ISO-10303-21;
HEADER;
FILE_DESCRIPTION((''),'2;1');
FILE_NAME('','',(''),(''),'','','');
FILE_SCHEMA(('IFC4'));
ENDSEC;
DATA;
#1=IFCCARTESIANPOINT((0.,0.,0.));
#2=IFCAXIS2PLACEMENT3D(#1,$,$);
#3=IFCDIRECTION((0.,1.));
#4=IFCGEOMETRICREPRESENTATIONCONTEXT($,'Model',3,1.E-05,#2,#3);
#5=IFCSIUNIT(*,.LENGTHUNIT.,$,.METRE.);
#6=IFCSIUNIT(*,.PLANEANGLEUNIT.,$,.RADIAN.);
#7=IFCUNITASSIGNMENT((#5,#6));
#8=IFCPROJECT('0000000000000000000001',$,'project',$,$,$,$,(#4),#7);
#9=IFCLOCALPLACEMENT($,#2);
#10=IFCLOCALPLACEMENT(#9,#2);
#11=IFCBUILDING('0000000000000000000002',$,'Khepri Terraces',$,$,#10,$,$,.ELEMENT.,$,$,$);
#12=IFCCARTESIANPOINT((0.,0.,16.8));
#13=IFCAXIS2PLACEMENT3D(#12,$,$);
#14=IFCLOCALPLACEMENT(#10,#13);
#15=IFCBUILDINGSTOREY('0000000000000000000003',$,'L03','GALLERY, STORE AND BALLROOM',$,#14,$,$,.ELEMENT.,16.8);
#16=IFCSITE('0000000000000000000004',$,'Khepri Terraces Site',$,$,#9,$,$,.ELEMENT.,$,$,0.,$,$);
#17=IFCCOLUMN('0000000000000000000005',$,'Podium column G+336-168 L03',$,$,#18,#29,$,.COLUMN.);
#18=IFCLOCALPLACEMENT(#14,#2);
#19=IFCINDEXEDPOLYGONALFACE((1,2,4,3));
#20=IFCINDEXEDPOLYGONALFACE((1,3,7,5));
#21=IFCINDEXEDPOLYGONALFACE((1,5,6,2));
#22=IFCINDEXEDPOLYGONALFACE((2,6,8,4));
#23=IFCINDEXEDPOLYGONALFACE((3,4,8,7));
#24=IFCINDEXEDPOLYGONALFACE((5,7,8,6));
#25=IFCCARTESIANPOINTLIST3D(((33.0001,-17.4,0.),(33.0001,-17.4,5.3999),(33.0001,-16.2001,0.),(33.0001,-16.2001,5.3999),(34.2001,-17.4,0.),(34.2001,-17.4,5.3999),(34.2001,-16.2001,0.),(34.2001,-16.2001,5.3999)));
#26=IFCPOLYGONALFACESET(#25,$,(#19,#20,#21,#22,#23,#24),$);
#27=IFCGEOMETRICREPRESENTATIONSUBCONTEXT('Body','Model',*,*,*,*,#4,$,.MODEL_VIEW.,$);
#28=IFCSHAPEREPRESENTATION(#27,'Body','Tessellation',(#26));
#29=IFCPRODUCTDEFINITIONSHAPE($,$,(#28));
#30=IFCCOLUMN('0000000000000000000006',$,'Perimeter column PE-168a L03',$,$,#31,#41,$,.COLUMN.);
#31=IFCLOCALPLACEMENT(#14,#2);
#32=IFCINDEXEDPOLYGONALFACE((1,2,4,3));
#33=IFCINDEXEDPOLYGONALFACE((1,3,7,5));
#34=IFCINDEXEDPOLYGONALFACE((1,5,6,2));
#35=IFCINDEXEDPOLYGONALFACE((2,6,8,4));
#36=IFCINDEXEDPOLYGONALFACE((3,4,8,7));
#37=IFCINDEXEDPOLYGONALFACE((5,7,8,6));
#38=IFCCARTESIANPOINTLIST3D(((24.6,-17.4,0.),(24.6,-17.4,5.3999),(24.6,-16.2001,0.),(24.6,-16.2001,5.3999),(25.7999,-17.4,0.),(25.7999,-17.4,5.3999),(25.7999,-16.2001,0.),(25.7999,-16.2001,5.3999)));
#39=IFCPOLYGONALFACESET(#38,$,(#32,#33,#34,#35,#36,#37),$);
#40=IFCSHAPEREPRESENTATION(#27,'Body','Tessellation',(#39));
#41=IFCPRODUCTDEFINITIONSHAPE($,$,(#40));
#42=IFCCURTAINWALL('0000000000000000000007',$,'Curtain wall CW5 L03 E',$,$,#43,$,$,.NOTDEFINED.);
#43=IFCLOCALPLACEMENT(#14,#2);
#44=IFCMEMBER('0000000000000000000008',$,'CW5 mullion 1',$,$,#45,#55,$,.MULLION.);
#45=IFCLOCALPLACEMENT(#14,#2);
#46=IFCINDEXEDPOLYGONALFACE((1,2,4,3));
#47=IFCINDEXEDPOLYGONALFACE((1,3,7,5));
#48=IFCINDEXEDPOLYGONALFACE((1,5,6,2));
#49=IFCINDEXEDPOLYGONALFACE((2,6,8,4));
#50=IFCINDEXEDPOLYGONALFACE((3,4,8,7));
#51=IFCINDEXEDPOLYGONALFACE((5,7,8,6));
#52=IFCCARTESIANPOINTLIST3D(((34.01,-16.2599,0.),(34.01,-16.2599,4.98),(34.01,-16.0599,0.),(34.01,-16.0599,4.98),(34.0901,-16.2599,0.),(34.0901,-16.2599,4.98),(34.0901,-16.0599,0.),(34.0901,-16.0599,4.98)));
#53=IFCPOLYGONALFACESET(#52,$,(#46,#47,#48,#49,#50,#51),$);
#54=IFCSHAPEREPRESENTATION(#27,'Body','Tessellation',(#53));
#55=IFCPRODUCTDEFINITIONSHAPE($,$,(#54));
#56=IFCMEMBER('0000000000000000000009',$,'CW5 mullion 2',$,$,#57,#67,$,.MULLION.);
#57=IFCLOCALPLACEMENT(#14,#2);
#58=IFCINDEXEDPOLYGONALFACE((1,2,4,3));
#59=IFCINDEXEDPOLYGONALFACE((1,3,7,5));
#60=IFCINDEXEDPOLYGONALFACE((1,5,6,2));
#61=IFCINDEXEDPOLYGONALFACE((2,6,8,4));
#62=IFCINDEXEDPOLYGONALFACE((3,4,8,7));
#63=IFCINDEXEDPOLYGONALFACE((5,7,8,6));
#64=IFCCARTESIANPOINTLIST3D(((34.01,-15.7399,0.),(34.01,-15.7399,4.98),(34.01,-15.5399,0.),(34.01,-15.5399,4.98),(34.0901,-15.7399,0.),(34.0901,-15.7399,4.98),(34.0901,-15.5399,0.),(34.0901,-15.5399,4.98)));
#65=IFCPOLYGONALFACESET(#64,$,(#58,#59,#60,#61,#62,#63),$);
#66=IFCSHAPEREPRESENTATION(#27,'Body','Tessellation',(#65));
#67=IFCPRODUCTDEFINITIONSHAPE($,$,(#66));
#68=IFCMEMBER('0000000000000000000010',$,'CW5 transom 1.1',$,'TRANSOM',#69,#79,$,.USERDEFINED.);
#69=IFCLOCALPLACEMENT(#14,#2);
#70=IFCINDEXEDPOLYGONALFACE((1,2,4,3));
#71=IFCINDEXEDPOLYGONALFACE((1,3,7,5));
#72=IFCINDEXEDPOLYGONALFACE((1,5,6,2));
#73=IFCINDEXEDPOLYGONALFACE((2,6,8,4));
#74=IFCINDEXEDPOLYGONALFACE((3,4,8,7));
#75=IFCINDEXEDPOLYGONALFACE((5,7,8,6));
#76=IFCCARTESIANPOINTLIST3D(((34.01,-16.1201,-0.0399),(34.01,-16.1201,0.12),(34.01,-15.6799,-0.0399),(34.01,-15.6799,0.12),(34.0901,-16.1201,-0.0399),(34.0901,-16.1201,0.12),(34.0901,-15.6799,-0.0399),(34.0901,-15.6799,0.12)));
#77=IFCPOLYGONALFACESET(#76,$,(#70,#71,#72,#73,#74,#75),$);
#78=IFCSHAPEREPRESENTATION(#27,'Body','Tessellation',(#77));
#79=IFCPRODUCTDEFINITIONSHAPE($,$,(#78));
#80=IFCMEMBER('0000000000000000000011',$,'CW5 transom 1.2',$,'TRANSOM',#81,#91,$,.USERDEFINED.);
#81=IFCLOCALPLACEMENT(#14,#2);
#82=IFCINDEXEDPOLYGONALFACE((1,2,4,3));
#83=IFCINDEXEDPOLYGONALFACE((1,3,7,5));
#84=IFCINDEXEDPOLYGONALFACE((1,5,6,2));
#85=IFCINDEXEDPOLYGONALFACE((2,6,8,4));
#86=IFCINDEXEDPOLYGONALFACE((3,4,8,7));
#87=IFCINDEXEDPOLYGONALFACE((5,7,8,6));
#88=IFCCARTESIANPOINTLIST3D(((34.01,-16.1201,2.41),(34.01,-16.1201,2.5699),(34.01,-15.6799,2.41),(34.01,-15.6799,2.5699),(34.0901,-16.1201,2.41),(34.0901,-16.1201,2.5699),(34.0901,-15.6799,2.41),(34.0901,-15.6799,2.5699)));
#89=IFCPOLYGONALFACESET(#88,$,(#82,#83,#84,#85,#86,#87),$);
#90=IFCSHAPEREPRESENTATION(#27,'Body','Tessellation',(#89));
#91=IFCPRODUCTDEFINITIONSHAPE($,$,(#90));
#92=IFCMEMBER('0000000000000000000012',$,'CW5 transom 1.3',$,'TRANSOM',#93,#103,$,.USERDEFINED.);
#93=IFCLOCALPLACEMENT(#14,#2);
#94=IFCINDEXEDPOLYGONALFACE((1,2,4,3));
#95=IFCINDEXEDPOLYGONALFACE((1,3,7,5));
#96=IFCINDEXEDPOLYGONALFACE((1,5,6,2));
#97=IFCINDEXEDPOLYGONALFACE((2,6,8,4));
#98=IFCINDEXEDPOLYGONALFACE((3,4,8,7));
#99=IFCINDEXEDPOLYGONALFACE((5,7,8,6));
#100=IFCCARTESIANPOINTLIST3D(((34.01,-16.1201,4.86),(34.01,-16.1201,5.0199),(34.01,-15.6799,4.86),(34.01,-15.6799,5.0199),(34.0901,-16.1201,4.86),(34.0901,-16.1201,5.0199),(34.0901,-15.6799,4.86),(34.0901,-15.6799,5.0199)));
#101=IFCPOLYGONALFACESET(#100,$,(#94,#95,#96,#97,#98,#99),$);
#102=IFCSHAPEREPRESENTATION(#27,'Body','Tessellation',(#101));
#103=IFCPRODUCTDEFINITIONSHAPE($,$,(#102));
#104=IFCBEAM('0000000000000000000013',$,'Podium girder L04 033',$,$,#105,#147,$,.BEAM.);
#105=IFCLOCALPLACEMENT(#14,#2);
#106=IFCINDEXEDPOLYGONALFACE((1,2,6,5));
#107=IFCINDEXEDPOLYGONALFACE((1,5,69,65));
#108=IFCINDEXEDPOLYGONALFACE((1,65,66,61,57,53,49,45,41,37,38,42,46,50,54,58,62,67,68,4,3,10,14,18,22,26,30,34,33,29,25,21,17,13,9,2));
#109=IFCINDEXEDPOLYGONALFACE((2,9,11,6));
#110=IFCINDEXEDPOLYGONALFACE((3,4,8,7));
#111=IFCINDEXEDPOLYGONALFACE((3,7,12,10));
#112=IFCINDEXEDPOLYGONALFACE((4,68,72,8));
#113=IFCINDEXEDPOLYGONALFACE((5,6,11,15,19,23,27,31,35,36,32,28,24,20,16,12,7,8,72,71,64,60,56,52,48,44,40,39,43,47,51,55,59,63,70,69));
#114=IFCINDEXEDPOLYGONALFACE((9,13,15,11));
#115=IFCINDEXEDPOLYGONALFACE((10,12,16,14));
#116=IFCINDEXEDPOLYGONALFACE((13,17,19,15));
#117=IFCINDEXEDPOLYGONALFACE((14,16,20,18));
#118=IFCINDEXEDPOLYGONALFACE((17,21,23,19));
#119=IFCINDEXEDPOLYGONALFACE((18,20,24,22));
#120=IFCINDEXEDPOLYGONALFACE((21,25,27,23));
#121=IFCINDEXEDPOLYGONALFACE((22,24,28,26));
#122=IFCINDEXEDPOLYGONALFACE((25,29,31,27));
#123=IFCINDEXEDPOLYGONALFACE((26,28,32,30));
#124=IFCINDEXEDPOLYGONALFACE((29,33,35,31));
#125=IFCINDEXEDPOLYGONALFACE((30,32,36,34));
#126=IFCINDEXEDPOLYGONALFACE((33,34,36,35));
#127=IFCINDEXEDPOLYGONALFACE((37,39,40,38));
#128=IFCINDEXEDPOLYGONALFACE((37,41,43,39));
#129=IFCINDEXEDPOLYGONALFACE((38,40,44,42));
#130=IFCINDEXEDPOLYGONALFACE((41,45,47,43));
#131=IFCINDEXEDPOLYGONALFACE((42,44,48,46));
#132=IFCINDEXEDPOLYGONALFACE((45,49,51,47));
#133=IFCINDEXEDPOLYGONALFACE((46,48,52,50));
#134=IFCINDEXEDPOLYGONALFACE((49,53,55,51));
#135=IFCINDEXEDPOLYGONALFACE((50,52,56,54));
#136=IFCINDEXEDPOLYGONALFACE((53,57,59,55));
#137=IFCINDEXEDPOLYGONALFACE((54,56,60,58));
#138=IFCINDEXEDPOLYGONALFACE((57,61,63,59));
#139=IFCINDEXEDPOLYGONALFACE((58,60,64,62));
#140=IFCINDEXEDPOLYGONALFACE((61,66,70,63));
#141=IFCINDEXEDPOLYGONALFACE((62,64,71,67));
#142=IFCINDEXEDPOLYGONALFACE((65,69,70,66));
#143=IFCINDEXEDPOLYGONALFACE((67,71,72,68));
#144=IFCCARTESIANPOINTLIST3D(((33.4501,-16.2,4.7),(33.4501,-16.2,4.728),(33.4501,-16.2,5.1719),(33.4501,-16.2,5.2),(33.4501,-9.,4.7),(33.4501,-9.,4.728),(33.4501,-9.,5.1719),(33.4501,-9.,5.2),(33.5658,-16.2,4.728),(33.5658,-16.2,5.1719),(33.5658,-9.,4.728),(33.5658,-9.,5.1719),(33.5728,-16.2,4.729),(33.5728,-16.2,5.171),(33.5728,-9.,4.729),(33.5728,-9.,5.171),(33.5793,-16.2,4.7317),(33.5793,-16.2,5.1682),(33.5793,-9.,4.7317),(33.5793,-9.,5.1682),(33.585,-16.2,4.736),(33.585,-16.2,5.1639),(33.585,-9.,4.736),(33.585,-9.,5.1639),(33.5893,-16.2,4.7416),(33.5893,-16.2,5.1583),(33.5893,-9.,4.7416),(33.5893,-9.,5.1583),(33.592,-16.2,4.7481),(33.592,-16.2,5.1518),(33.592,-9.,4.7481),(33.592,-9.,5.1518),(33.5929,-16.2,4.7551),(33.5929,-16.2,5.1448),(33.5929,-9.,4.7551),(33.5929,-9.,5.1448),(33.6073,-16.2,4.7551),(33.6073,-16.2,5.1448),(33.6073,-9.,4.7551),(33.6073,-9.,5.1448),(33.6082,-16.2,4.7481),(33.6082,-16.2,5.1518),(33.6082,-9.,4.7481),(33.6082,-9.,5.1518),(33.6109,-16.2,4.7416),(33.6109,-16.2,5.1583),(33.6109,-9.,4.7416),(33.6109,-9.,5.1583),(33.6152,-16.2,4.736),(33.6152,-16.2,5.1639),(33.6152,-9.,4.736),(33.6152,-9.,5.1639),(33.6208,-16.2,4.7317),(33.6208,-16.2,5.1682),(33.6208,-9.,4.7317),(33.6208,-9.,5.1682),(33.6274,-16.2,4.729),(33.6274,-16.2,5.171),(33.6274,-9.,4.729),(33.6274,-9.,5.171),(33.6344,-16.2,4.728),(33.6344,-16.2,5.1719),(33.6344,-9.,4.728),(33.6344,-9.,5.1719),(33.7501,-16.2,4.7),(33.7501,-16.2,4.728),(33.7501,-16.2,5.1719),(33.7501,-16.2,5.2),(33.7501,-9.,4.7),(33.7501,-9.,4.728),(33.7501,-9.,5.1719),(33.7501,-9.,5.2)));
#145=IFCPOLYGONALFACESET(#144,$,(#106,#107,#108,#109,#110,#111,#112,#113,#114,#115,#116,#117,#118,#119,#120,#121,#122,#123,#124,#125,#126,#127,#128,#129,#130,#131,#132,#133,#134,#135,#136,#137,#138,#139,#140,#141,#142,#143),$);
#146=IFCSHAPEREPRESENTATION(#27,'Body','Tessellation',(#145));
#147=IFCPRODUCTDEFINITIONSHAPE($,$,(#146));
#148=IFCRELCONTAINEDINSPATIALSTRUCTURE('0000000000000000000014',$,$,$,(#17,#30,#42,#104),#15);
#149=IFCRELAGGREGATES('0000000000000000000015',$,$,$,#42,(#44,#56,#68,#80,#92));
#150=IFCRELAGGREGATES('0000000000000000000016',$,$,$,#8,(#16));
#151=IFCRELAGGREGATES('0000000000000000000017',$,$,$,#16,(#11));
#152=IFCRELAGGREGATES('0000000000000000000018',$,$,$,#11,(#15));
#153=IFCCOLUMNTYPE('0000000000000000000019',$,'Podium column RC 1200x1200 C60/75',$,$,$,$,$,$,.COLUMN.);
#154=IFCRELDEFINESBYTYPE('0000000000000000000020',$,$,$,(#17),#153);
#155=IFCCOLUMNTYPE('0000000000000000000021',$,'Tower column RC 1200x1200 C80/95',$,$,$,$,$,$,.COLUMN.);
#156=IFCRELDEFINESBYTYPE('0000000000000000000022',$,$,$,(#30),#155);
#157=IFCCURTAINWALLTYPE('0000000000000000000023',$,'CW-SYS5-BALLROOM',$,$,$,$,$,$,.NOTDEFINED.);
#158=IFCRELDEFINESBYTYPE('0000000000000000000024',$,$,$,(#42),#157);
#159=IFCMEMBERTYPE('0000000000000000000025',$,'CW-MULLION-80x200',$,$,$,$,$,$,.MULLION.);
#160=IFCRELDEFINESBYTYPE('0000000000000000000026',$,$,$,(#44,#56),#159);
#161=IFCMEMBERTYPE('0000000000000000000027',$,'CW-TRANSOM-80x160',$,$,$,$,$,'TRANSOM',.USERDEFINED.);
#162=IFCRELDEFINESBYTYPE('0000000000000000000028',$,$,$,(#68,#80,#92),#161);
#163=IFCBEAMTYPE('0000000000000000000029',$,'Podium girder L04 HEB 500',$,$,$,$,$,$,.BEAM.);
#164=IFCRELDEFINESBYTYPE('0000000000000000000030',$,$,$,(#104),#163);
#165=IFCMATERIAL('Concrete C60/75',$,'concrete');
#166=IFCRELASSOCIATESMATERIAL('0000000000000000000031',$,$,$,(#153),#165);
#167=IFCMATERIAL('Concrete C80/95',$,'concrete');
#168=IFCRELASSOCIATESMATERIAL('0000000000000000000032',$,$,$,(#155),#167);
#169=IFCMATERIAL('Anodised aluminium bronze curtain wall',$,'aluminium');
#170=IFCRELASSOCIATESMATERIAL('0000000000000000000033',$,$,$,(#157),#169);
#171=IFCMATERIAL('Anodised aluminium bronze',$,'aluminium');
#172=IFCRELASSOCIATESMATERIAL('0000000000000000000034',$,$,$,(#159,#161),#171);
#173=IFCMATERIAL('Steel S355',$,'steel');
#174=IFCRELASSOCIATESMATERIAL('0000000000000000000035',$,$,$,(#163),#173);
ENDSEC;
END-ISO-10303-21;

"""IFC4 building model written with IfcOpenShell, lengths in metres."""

from ifc_helpers import new_model, si_unit, direction, frame, origin, origin_2d, place, context, subcontext, project, spatial, rectangle, i_section, extrude, material, material_profile, profile_set, type_object, element, aggregate, save


model = new_model("IFC4")

# Units and contexts
model_context = context("Model", 3, precision=1e-05, world=origin(), true_north=direction((0.0, 1.0)))
body_context = subcontext(model_context, "Body", "Model", "MODEL_VIEW")
ifc_project = project(units=[si_unit("LENGTHUNIT", "METRE"), si_unit("PLANEANGLEUNIT", "RADIAN")], contexts=[model_context])

# Site, building, storey
site_placement = place(None, origin())
site = spatial("IfcSite", under=ifc_project, at=site_placement, Name="Khepri Terraces Site", CompositionType="ELEMENT", RefElevation=0.0)
building_placement = place(site_placement, origin())
building = spatial("IfcBuilding", under=site, at=building_placement, Name="Khepri Terraces", CompositionType="ELEMENT")
storey_placement = place(building_placement, frame((0.0, 0.0, 16.8)))
storey = spatial("IfcBuildingStorey", under=building, at=storey_placement, Name="L03", Description="GALLERY, STORE AND BALLROOM", CompositionType="ELEMENT", Elevation=16.8)

# Columns
ifc_material_1 = material(Name="Concrete C60/75", Category="concrete")
ifc_material_profile_1 = material_profile(ifc_material_1, rectangle(XDim=1.2, YDim=1.2, at=origin_2d()), Name="Concrete C60/75", Category="concrete")
ifc_profile_set_1 = profile_set([ifc_material_profile_1], Name="Concrete C60/75")
column_type_1 = type_object("IfcColumnType", Name="Podium column RC 1200x1200 C60/75", PredefinedType="COLUMN", material=ifc_profile_set_1)
column_1_placement = place(storey_placement, frame((33.6001, -16.8, 0.0), z_axis=(0.0, 0.0, 1.0), x_axis=(1.0, 0.0, 0.0)))
element("IfcColumn", 1, at=column_1_placement, inside=storey, type_object=column_type_1, Name="Podium column G+336-168 L03", PredefinedType="COLUMN", context=body_context, shape_type="SweptSolid", body=[
    extrude(rectangle(XDim=1.2, YDim=1.2, at=origin_2d()), origin(), (0.0, 0.0, 1.0), 5.3999),
])
ifc_material_2 = material(Name="Concrete C80/95", Category="concrete")
ifc_material_profile_2 = material_profile(ifc_material_2, rectangle(XDim=1.2, YDim=1.2, at=origin_2d()), Name="Concrete C80/95", Category="concrete")
ifc_profile_set_2 = profile_set([ifc_material_profile_2], Name="Concrete C80/95")
column_type_2 = type_object("IfcColumnType", Name="Tower column RC 1200x1200 C80/95", PredefinedType="COLUMN", material=ifc_profile_set_2)
column_2_placement = place(storey_placement, frame((25.2, -16.8, 0.0), z_axis=(0.0, 0.0, 1.0), x_axis=(1.0, 0.0, 0.0)))
element("IfcColumn", 2, at=column_2_placement, inside=storey, type_object=column_type_2, Name="Perimeter column PE-168a L03", PredefinedType="COLUMN", context=body_context, shape_type="SweptSolid", body=[
    extrude(rectangle(XDim=1.2, YDim=1.2, at=origin_2d()), origin(), (0.0, 0.0, 1.0), 5.3999),
])

# Curtain wall, members
ifc_material_3 = material(Name="Anodised aluminium bronze curtain wall", Category="aluminium")
curtain_wall_type = type_object("IfcCurtainWallType", Name="CW-SYS5-BALLROOM", PredefinedType="NOTDEFINED", material=ifc_material_3)
curtain_wall_placement = place(storey_placement, origin())
curtain_wall = element("IfcCurtainWall", 3, at=curtain_wall_placement, inside=storey, type_object=curtain_wall_type, Name="Curtain wall CW5 L03 E", PredefinedType="NOTDEFINED")
ifc_material_4 = material(Name="Anodised aluminium bronze", Category="aluminium")
ifc_material_profile_3 = material_profile(ifc_material_4, rectangle(XDim=0.0801, YDim=0.2, at=origin_2d()), Name="Anodised aluminium bronze", Category="aluminium")
ifc_profile_set_3 = profile_set([ifc_material_profile_3], Name="Anodised aluminium bronze")
member_type_1 = type_object("IfcMemberType", Name="CW-MULLION-80x200", PredefinedType="MULLION", material=ifc_profile_set_3)
member_1_placement = place(storey_placement, frame((34.05, -16.1599, 0.0), z_axis=(0.0, 0.0, 1.0), x_axis=(-1.0, 0.0, 0.0)))
member_1 = element("IfcMember", 4, at=member_1_placement, type_object=member_type_1, Name="CW5 mullion 1", PredefinedType="MULLION", context=body_context, shape_type="SweptSolid", body=[
    extrude(rectangle(XDim=0.0801, YDim=0.2, at=origin_2d()), origin(), (0.0, 0.0, 1.0), 4.98),
])
member_2_placement = place(storey_placement, frame((34.05, -15.6399, 0.0), z_axis=(0.0, 0.0, 1.0), x_axis=(-1.0, 0.0, 0.0)))
member_2 = element("IfcMember", 5, at=member_2_placement, type_object=member_type_1, Name="CW5 mullion 2", PredefinedType="MULLION", context=body_context, shape_type="SweptSolid", body=[
    extrude(rectangle(XDim=0.0801, YDim=0.2, at=origin_2d()), origin(), (0.0, 0.0, 1.0), 4.98),
])
ifc_material_profile_4 = material_profile(ifc_material_4, rectangle(XDim=0.0801, YDim=0.1599, at=origin_2d()), Name="Anodised aluminium bronze", Category="aluminium")
ifc_profile_set_4 = profile_set([ifc_material_profile_4], Name="Anodised aluminium bronze")
member_type_2 = type_object("IfcMemberType", Name="CW-TRANSOM-80x160", ElementType="TRANSOM", PredefinedType="USERDEFINED", material=ifc_profile_set_4)
member_3_placement = place(storey_placement, frame((34.05, -16.1201, 0.04), z_axis=(0.0, 1.0, 0.0), x_axis=(-1.0, 0.0, 0.0)))
member_3 = element("IfcMember", 6, at=member_3_placement, type_object=member_type_2, Name="CW5 transom 1.1", ObjectType="TRANSOM", PredefinedType="USERDEFINED", context=body_context, shape_type="SweptSolid", body=[
    extrude(rectangle(XDim=0.0801, YDim=0.1599, at=origin_2d()), origin(), (0.0, 0.0, 1.0), 0.4402),
])
member_4_placement = place(storey_placement, frame((34.05, -16.1201, 2.49), z_axis=(0.0, 1.0, 0.0), x_axis=(-1.0, 0.0, 0.0)))
member_4 = element("IfcMember", 7, at=member_4_placement, type_object=member_type_2, Name="CW5 transom 1.2", ObjectType="TRANSOM", PredefinedType="USERDEFINED", context=body_context, shape_type="SweptSolid", body=[
    extrude(rectangle(XDim=0.0801, YDim=0.1599, at=origin_2d()), origin(), (0.0, 0.0, 1.0), 0.4402),
])
member_5_placement = place(storey_placement, frame((34.05, -16.1201, 4.9399), z_axis=(0.0, 1.0, 0.0), x_axis=(-1.0, 0.0, 0.0)))
member_5 = element("IfcMember", 8, at=member_5_placement, type_object=member_type_2, Name="CW5 transom 1.3", ObjectType="TRANSOM", PredefinedType="USERDEFINED", context=body_context, shape_type="SweptSolid", body=[
    extrude(rectangle(XDim=0.0801, YDim=0.1599, at=origin_2d()), origin(), (0.0, 0.0, 1.0), 0.4402),
])

# Beam
ifc_material_5 = material(Name="Steel S355", Category="steel")
ifc_material_profile_5 = material_profile(ifc_material_5, i_section(OverallWidth=0.3, OverallDepth=0.5, WebThickness=0.0144, FlangeThickness=0.0281, FilletRadius=0.0271, at=origin_2d()), Name="Steel S355", Category="steel")
ifc_profile_set_5 = profile_set([ifc_material_profile_5], Name="Steel S355")
beam_type_1 = type_object("IfcBeamType", Name="Podium girder L04 HEB 500", PredefinedType="BEAM", material=ifc_profile_set_5)
beam_1_placement = place(storey_placement, frame((33.6001, -16.2, 4.95), z_axis=(0.0, 1.0, 0.0), x_axis=(-1.0, 0.0, 0.0)))
element("IfcBeam", 9, at=beam_1_placement, inside=storey, type_object=beam_type_1, Name="Podium girder L04 033", PredefinedType="BEAM", context=body_context, shape_type="SweptSolid", body=[
    extrude(i_section(OverallWidth=0.3, OverallDepth=0.5, WebThickness=0.0144, FlangeThickness=0.0281, FilletRadius=0.0271, at=origin_2d()), origin(), (0.0, 0.0, 1.0), 7.2),
])

aggregate(curtain_wall, [member_1, member_2, member_3, member_4, member_5])

save(model, "model.ifc")
